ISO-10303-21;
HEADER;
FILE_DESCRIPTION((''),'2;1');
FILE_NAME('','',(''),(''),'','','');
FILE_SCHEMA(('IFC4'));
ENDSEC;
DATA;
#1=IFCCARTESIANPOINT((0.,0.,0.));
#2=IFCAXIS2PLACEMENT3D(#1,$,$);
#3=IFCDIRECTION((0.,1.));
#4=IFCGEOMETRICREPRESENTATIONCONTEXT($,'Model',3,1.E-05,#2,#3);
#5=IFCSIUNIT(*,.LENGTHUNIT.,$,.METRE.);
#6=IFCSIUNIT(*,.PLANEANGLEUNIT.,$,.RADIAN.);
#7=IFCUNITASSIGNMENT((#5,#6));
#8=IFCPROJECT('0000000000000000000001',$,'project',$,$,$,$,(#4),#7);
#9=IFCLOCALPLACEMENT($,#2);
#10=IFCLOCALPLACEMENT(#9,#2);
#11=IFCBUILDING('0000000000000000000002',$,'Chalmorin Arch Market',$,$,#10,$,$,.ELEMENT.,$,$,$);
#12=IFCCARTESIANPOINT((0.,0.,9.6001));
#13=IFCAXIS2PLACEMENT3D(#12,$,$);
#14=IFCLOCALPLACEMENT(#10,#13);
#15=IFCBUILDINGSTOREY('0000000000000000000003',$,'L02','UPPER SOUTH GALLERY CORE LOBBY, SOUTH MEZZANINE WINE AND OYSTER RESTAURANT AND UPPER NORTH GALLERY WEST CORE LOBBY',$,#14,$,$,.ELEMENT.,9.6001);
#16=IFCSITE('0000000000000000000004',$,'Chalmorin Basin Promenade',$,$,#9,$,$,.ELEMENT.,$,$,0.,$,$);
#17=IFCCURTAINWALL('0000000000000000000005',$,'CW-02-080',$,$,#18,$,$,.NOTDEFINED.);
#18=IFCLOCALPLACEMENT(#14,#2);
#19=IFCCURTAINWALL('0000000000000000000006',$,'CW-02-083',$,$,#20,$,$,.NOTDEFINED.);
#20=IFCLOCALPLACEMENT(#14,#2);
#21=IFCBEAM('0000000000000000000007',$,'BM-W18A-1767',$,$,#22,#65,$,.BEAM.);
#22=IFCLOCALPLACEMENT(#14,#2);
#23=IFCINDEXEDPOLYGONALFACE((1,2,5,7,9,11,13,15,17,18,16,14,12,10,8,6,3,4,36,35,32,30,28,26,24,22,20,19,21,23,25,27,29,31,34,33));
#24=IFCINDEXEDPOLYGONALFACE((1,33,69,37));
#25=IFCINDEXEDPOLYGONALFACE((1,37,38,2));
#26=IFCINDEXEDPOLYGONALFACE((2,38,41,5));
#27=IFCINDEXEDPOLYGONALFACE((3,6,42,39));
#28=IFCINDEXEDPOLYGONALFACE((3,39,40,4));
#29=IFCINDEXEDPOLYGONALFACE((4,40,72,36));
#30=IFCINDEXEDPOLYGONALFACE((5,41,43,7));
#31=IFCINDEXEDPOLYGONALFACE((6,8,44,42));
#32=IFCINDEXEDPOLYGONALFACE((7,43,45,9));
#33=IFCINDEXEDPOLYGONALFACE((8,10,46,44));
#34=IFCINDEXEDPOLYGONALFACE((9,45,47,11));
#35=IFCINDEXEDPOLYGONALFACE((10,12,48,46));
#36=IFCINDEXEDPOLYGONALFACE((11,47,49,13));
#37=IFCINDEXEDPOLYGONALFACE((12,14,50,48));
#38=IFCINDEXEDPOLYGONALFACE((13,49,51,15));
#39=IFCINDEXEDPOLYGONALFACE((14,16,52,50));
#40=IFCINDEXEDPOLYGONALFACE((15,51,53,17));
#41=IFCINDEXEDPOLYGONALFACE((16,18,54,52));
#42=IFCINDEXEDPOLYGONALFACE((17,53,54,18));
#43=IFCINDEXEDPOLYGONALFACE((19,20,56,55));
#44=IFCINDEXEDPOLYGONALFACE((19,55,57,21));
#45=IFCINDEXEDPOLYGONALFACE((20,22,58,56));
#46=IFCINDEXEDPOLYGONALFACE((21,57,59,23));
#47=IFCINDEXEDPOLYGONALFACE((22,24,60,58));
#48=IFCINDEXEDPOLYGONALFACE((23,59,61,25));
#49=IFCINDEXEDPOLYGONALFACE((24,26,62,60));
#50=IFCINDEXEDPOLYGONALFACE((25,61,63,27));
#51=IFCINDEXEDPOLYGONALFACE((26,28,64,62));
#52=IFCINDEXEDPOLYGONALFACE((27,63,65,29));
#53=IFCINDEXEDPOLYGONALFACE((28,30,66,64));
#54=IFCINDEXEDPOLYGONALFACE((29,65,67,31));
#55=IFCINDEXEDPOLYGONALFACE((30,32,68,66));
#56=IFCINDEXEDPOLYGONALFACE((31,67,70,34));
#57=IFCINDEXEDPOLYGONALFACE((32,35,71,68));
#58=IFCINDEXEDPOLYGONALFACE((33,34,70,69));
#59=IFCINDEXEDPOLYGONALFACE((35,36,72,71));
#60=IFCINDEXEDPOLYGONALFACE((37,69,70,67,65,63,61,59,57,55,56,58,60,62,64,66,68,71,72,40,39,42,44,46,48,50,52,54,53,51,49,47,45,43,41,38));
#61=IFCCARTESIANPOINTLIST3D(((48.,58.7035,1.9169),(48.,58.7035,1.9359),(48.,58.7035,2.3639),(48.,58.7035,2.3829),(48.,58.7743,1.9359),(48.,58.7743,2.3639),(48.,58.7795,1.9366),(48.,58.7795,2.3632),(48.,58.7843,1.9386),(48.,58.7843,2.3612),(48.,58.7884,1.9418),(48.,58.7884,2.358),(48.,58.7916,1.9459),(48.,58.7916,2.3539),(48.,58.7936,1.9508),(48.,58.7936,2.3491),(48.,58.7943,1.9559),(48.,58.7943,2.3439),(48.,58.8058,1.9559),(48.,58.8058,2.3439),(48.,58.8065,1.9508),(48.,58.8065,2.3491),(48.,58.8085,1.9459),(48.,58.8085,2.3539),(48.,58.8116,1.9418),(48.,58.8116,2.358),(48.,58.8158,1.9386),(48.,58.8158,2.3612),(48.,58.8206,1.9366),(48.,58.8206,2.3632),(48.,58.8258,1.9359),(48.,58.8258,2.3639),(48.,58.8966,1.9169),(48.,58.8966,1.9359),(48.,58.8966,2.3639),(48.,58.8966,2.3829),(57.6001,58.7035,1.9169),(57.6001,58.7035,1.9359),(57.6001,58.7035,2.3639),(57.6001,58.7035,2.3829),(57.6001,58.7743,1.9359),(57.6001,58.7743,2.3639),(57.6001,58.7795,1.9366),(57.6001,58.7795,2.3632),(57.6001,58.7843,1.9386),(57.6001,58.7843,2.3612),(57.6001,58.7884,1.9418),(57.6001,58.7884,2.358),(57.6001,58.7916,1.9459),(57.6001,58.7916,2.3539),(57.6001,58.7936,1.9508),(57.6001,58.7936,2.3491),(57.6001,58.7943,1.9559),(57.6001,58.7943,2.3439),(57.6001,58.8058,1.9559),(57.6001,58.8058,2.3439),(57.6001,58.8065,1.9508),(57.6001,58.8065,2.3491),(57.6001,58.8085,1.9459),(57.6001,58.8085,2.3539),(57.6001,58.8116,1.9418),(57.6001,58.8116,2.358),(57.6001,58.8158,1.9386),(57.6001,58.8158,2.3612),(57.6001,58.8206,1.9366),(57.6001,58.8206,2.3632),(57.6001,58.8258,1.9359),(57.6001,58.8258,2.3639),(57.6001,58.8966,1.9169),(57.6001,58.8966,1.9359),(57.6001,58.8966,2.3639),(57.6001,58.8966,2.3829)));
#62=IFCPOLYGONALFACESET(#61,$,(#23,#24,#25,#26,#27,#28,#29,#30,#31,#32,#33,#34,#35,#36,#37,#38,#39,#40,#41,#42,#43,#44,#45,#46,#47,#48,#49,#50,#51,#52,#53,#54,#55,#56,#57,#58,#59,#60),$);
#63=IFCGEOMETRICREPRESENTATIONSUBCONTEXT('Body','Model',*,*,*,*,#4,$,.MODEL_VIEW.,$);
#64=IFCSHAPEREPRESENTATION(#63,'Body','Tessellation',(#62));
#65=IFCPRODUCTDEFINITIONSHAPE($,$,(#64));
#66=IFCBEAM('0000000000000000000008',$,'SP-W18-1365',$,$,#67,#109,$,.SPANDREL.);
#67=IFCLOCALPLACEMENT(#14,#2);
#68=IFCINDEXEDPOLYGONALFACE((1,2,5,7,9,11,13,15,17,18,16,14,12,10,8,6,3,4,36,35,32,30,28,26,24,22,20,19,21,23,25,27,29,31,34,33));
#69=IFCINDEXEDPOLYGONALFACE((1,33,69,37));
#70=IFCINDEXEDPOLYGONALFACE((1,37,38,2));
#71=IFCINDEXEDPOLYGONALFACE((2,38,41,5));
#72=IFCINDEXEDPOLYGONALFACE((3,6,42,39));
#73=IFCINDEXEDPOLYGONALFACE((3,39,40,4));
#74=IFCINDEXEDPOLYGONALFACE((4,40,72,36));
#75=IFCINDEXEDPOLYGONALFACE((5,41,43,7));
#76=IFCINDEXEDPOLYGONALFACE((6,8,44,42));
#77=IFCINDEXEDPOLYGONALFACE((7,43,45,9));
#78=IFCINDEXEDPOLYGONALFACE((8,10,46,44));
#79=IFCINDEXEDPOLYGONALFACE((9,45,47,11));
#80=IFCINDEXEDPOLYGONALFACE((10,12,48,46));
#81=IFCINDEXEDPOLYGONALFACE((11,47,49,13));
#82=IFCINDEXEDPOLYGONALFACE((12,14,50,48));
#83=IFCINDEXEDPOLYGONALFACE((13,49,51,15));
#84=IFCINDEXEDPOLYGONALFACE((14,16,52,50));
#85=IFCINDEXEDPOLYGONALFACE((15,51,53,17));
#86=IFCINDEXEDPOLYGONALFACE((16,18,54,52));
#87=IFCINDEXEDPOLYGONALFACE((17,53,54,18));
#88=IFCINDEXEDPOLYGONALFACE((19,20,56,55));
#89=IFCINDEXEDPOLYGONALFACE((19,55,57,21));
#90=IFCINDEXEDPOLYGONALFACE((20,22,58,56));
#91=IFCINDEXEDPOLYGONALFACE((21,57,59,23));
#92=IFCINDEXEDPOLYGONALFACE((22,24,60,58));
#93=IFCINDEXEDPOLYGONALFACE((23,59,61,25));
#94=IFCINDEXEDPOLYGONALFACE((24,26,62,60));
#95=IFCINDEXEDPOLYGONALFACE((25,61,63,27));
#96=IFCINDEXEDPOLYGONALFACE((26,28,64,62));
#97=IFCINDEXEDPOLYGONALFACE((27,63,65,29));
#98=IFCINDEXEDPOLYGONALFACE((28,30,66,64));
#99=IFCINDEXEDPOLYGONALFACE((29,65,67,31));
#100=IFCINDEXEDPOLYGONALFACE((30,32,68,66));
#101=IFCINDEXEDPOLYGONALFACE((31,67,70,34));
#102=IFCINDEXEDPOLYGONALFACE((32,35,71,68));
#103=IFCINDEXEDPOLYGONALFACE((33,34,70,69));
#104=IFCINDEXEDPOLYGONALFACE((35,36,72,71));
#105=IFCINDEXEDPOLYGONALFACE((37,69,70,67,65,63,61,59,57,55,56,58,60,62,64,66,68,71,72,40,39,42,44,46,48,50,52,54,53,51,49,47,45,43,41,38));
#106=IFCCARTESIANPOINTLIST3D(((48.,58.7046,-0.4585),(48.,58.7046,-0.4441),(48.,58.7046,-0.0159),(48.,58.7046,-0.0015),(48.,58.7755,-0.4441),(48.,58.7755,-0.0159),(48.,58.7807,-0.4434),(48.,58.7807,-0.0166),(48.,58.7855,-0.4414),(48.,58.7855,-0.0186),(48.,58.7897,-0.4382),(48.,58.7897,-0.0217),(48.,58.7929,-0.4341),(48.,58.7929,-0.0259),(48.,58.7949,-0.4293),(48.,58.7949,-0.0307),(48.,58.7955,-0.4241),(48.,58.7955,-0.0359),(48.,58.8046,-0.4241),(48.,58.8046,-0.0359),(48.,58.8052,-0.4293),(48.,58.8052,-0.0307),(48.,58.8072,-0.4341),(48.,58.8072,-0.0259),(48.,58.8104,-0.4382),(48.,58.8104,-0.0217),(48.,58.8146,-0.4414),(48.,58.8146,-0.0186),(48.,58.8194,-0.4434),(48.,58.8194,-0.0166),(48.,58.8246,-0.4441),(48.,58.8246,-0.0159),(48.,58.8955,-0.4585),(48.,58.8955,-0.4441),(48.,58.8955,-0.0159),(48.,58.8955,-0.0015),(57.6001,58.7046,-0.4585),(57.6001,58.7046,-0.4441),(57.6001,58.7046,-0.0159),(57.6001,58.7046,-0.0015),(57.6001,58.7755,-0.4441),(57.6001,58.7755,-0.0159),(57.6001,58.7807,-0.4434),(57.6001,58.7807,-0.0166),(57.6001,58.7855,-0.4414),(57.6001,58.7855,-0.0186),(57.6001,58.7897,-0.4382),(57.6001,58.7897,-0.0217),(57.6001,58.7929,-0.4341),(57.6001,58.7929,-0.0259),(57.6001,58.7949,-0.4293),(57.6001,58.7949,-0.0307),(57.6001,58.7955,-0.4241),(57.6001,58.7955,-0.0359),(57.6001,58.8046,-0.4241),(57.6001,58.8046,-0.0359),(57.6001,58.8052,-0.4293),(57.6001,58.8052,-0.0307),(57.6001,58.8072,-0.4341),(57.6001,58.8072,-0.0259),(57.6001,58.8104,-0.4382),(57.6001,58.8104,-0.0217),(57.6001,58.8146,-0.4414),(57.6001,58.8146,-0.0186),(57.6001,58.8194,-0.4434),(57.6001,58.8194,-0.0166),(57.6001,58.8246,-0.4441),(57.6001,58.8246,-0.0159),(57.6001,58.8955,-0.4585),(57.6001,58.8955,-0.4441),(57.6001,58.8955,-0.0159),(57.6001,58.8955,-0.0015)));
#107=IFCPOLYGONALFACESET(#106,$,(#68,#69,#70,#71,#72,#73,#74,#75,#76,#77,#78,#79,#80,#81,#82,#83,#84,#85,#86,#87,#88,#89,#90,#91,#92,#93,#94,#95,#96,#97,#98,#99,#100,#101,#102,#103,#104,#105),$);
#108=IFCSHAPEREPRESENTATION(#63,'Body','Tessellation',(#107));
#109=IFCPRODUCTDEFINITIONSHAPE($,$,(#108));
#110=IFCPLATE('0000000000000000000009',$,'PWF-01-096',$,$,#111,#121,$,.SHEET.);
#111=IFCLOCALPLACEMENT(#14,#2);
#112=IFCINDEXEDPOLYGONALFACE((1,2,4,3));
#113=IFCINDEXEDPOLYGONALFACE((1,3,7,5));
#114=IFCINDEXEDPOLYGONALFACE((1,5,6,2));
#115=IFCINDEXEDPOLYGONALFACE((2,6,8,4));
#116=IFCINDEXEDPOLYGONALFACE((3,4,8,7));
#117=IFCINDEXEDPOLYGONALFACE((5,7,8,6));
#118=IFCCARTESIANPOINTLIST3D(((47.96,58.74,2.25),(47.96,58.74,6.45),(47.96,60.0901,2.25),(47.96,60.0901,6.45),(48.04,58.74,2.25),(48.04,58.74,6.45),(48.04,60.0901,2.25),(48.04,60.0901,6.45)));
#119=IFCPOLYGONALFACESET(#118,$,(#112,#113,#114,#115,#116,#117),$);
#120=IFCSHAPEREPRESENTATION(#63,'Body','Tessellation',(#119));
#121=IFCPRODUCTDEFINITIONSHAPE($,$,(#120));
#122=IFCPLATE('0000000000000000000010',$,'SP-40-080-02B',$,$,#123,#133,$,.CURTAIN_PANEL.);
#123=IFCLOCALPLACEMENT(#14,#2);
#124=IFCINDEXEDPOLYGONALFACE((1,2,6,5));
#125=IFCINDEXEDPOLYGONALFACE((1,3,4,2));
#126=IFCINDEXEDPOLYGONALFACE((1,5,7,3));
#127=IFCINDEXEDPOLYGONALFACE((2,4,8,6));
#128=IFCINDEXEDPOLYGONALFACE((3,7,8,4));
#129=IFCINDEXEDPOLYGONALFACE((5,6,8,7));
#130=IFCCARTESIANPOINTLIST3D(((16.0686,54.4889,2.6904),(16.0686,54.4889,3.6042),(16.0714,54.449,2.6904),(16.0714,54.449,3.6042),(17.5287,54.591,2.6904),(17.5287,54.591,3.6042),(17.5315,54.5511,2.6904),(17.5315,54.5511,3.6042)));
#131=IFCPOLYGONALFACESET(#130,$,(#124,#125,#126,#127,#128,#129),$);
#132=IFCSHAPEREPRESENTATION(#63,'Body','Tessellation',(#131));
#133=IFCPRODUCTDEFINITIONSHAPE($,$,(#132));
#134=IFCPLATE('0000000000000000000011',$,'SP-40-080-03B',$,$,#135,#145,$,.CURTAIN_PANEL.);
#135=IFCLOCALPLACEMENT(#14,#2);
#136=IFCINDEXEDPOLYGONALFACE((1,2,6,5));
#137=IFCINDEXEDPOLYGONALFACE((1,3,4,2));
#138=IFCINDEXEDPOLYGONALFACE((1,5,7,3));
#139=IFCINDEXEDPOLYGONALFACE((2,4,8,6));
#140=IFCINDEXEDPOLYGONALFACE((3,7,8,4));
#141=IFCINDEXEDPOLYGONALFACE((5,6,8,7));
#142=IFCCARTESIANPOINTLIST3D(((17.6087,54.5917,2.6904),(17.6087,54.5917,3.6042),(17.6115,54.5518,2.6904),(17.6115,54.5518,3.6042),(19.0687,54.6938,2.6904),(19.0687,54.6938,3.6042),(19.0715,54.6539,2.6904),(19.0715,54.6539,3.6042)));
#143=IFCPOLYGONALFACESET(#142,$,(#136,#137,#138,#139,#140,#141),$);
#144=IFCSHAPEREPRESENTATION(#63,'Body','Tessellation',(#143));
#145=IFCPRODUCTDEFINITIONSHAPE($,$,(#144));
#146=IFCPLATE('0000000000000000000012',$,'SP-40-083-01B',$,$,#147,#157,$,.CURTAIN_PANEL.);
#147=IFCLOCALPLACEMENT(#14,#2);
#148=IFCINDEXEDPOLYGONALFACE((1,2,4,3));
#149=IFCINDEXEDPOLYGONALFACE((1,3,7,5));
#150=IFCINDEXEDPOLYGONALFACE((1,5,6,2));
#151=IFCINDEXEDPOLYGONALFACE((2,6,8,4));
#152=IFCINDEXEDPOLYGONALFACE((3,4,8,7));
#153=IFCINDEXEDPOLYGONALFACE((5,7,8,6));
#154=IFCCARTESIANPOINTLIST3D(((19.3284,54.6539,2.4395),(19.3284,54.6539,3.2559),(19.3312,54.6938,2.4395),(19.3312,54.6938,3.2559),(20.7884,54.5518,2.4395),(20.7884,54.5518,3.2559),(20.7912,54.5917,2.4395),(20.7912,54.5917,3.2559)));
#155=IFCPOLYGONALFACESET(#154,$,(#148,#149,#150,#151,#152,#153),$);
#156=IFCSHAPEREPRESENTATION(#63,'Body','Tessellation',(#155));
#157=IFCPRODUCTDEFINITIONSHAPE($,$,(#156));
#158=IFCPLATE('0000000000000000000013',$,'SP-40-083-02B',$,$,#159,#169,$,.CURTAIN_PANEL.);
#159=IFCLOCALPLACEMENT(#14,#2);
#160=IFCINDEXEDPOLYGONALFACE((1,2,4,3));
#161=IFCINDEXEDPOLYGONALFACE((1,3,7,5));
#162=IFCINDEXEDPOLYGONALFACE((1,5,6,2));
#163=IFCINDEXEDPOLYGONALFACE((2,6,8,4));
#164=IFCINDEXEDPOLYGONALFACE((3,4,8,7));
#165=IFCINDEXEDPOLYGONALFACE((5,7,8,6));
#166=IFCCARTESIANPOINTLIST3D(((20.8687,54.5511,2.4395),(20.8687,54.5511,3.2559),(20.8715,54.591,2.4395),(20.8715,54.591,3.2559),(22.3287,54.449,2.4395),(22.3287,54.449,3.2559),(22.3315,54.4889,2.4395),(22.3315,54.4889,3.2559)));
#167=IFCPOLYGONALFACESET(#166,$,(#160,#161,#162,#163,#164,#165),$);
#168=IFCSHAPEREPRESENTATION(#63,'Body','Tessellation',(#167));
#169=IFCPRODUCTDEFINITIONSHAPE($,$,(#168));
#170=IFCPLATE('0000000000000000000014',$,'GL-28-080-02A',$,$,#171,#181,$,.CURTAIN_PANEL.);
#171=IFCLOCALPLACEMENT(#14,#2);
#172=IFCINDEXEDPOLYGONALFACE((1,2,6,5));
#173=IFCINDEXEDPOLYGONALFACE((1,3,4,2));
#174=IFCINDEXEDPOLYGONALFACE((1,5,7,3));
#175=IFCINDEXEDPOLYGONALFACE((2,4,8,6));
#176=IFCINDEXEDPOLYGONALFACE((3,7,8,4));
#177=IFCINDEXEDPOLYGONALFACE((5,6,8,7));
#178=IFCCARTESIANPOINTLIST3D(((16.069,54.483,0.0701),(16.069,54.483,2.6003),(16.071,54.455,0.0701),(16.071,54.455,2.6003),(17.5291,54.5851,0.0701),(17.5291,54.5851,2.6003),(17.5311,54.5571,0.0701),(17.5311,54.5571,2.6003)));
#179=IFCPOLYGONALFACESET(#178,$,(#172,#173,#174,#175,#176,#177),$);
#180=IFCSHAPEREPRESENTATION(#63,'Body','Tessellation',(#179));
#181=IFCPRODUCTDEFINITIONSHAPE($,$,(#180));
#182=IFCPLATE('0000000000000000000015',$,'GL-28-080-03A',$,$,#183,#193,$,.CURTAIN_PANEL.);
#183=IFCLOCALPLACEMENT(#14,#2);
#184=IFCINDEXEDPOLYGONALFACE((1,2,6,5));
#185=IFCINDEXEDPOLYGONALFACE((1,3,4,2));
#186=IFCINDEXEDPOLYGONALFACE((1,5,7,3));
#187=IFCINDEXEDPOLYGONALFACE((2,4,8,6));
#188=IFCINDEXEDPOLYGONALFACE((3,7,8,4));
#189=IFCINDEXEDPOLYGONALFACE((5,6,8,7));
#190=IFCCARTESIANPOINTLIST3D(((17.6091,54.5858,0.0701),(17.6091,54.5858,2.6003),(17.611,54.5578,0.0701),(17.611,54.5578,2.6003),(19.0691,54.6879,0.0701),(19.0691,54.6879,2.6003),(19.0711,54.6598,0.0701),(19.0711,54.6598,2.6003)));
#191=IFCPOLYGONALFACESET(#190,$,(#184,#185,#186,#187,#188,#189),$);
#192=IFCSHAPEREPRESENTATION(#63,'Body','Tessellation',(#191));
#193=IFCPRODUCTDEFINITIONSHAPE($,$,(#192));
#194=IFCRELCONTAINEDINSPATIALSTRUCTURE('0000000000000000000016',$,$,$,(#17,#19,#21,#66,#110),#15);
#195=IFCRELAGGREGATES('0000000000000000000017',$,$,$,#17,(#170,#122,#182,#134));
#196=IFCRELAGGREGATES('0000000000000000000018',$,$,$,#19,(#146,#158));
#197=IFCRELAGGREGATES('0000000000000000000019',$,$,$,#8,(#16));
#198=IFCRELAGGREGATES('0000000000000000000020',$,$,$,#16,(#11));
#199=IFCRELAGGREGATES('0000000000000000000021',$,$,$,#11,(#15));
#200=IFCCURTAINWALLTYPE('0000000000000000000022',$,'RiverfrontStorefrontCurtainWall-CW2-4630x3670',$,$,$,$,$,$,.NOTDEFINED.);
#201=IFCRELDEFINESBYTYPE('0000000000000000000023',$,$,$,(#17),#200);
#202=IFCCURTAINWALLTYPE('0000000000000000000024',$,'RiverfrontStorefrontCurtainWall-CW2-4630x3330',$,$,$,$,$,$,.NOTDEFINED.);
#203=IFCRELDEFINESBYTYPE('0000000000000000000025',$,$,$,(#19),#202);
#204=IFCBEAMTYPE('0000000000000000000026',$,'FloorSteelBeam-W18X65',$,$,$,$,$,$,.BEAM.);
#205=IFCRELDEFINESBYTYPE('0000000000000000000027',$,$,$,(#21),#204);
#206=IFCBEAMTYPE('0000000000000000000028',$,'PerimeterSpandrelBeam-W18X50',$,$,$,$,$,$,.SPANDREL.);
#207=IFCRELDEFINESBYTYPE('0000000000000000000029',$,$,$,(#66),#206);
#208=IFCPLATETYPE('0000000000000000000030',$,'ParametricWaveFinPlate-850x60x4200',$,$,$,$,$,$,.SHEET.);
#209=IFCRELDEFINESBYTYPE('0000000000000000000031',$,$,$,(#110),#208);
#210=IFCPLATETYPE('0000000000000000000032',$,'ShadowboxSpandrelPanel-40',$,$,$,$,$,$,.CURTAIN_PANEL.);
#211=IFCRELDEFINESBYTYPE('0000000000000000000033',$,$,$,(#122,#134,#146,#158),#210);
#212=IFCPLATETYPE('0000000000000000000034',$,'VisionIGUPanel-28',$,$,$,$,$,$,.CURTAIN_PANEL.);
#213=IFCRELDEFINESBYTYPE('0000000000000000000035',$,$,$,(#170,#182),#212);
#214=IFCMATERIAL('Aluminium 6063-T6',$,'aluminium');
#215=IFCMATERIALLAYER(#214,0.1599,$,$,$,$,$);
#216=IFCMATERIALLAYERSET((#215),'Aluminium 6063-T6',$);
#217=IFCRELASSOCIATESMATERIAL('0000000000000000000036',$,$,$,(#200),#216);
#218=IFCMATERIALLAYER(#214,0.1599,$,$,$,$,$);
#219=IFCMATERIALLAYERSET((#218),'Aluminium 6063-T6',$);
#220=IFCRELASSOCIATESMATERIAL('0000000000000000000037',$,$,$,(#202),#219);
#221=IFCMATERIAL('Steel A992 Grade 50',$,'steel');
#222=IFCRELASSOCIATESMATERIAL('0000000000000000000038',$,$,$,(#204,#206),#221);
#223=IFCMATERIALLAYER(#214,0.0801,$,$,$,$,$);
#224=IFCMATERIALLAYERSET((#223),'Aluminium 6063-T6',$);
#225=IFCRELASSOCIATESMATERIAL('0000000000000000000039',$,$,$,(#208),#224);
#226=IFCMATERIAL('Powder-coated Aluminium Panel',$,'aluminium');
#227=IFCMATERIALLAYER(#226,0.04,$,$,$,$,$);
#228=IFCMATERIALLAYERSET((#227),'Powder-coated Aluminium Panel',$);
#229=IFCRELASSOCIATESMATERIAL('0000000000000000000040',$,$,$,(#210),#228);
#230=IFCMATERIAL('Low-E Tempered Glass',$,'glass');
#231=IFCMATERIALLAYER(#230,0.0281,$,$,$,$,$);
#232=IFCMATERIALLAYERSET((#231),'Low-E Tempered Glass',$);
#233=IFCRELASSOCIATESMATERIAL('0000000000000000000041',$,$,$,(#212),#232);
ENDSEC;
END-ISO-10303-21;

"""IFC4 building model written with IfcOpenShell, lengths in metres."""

from ifc_helpers import new_model, si_unit, direction, frame, origin, origin_2d, place, context, subcontext, project, spatial, rectangle, i_section, extrude, material, layer, layer_set, material_profile, profile_set, type_object, element, aggregate, save


model = new_model("IFC4")

# Units and contexts
model_context = context("Model", 3, precision=1e-05, world=origin(), true_north=direction((0.0, 1.0)))
body_context = subcontext(model_context, "Body", "Model", "MODEL_VIEW")
ifc_project = project(units=[si_unit("LENGTHUNIT", "METRE"), si_unit("PLANEANGLEUNIT", "RADIAN")], contexts=[model_context])

# Site, building, storey
site_placement = place(None, origin())
site = spatial("IfcSite", under=ifc_project, at=site_placement, Name="Chalmorin Basin Promenade", CompositionType="ELEMENT", RefElevation=0.0)
building_placement = place(site_placement, origin())
building = spatial("IfcBuilding", under=site, at=building_placement, Name="Chalmorin Arch Market", CompositionType="ELEMENT")
storey_placement = place(building_placement, frame((0.0, 0.0, 9.6001)))
storey = spatial("IfcBuildingStorey", under=building, at=storey_placement, Name="L02", Description="UPPER SOUTH GALLERY CORE LOBBY, SOUTH MEZZANINE WINE AND OYSTER RESTAURANT AND UPPER NORTH GALLERY WEST CORE LOBBY", CompositionType="ELEMENT", Elevation=9.6001)

# Curtain walls
ifc_material_1 = material(Name="Aluminium 6063-T6", Category="aluminium")
ifc_layer_1 = layer(ifc_material_1, 0.1599)
ifc_layer_set_1 = layer_set([ifc_layer_1], Name="Aluminium 6063-T6")
curtain_wall_type_1 = type_object("IfcCurtainWallType", Name="RiverfrontStorefrontCurtainWall-CW2-4630x3670", PredefinedType="NOTDEFINED", material=ifc_layer_set_1)
curtain_wall_1_placement = place(storey_placement, origin())
curtain_wall_1 = element("IfcCurtainWall", 1, at=curtain_wall_1_placement, inside=storey, type_object=curtain_wall_type_1, Name="CW-02-080", PredefinedType="NOTDEFINED")
ifc_layer_2 = layer(ifc_material_1, 0.1599)
ifc_layer_set_2 = layer_set([ifc_layer_2], Name="Aluminium 6063-T6")
curtain_wall_type_2 = type_object("IfcCurtainWallType", Name="RiverfrontStorefrontCurtainWall-CW2-4630x3330", PredefinedType="NOTDEFINED", material=ifc_layer_set_2)
curtain_wall_2_placement = place(storey_placement, origin())
curtain_wall_2 = element("IfcCurtainWall", 2, at=curtain_wall_2_placement, inside=storey, type_object=curtain_wall_type_2, Name="CW-02-083", PredefinedType="NOTDEFINED")

# Beams
ifc_material_2 = material(Name="Steel A992 Grade 50", Category="steel")
ifc_material_profile_1 = material_profile(ifc_material_2, i_section(OverallWidth=0.1931, OverallDepth=0.4661, WebThickness=0.0115, FlangeThickness=0.019, FilletRadius=0.02, at=origin_2d()), Name="W18X65")
ifc_profile_set_1 = profile_set([ifc_material_profile_1], Name="Steel A992 Grade 50")
beam_type_1 = type_object("IfcBeamType", Name="FloorSteelBeam-W18X65", PredefinedType="BEAM", material=ifc_profile_set_1)
beam_1_placement = place(storey_placement, frame((48.0, 58.8, 2.1499), z_axis=(1.0, 0.0, 0.0), x_axis=(0.0, 1.0, 0.0)))
element("IfcBeam", 3, at=beam_1_placement, inside=storey, type_object=beam_type_1, Name="BM-W18A-1767", PredefinedType="BEAM", context=body_context, shape_type="SweptSolid", body=[
    extrude(i_section(OverallWidth=0.1931, OverallDepth=0.4661, WebThickness=0.0115, FlangeThickness=0.019, FilletRadius=0.02, at=origin_2d()), origin(), (0.0, 0.0, 1.0), 9.6001),
])
ifc_material_profile_2 = material_profile(ifc_material_2, i_section(OverallWidth=0.1909, OverallDepth=0.457, WebThickness=0.009, FlangeThickness=0.0144, FilletRadius=0.02, at=origin_2d()), Name="W18X50")
ifc_profile_set_2 = profile_set([ifc_material_profile_2], Name="Steel A992 Grade 50")
beam_type_2 = type_object("IfcBeamType", Name="PerimeterSpandrelBeam-W18X50", PredefinedType="SPANDREL", material=ifc_profile_set_2)
beam_2_placement = place(storey_placement, frame((48.0, 58.8, -0.23), z_axis=(1.0, 0.0, 0.0), x_axis=(0.0, 1.0, 0.0)))
element("IfcBeam", 4, at=beam_2_placement, inside=storey, type_object=beam_type_2, Name="SP-W18-1365", PredefinedType="SPANDREL", context=body_context, shape_type="SweptSolid", body=[
    extrude(i_section(OverallWidth=0.1909, OverallDepth=0.457, WebThickness=0.009, FlangeThickness=0.0144, FilletRadius=0.02, at=origin_2d()), origin(), (0.0, 0.0, 1.0), 9.6001),
])

# Plates
ifc_layer_3 = layer(ifc_material_1, 0.0801)
ifc_layer_set_3 = layer_set([ifc_layer_3], Name="Aluminium 6063-T6")
plate_type_1 = type_object("IfcPlateType", Name="ParametricWaveFinPlate-850x60x4200", PredefinedType="SHEET", material=ifc_layer_set_3)
plate_1_placement = place(storey_placement, frame((48.0, 59.415, 2.25), z_axis=(0.0, 0.0, 1.0), x_axis=(0.0, 1.0, 0.0)))
element("IfcPlate", 5, at=plate_1_placement, inside=storey, type_object=plate_type_1, Name="PWF-01-096", PredefinedType="SHEET", context=body_context, shape_type="SweptSolid", body=[
    extrude(rectangle(XDim=1.3501, YDim=0.0801, at=origin_2d()), origin(), (0.0, 0.0, 1.0), 4.2),
])
ifc_material_3 = material(Name="Powder-coated Aluminium Panel", Category="aluminium")
ifc_layer_4 = layer(ifc_material_3, 0.04)
ifc_layer_set_4 = layer_set([ifc_layer_4], Name="Powder-coated Aluminium Panel")
plate_type_2 = type_object("IfcPlateType", Name="ShadowboxSpandrelPanel-40", PredefinedType="CURTAIN_PANEL", material=ifc_layer_set_4)
plate_2_placement = place(storey_placement, frame((16.8, 54.52, 2.6904), z_axis=(0.0, 0.0, 1.0), x_axis=(0.997564, 0.069756, 0.0)))
plate_2 = element("IfcPlate", 6, at=plate_2_placement, type_object=plate_type_2, Name="SP-40-080-02B", PredefinedType="CURTAIN_PANEL", context=body_context, shape_type="SweptSolid", body=[
    extrude(rectangle(XDim=1.4636, YDim=0.04, at=origin_2d()), origin(), (0.0, 0.0, 1.0), 0.9138),
])
plate_3_placement = place(storey_placement, frame((18.3401, 54.6228, 2.6904), z_axis=(0.0, 0.0, 1.0), x_axis=(0.997564, 0.069756, 0.0)))
plate_3 = element("IfcPlate", 7, at=plate_3_placement, type_object=plate_type_2, Name="SP-40-080-03B", PredefinedType="CURTAIN_PANEL", context=body_context, shape_type="SweptSolid", body=[
    extrude(rectangle(XDim=1.4636, YDim=0.04, at=origin_2d()), origin(), (0.0, 0.0, 1.0), 0.9138),
])
plate_4_placement = place(storey_placement, frame((20.0598, 54.6228, 2.4395), z_axis=(0.0, 0.0, 1.0), x_axis=(0.997564, -0.069756, 0.0)))
plate_4 = element("IfcPlate", 8, at=plate_4_placement, type_object=plate_type_2, Name="SP-40-083-01B", PredefinedType="CURTAIN_PANEL", context=body_context, shape_type="SweptSolid", body=[
    extrude(rectangle(XDim=1.4636, YDim=0.04, at=origin_2d()), origin(), (0.0, 0.0, 1.0), 0.8164),
])
plate_5_placement = place(storey_placement, frame((21.6001, 54.52, 2.4395), z_axis=(0.0, 0.0, 1.0), x_axis=(0.997564, -0.069756, 0.0)))
plate_5 = element("IfcPlate", 9, at=plate_5_placement, type_object=plate_type_2, Name="SP-40-083-02B", PredefinedType="CURTAIN_PANEL", context=body_context, shape_type="SweptSolid", body=[
    extrude(rectangle(XDim=1.4636, YDim=0.04, at=origin_2d()), origin(), (0.0, 0.0, 1.0), 0.8164),
])
ifc_material_4 = material(Name="Low-E Tempered Glass", Category="glass")
ifc_layer_5 = layer(ifc_material_4, 0.0281)
ifc_layer_set_5 = layer_set([ifc_layer_5], Name="Low-E Tempered Glass")
plate_type_3 = type_object("IfcPlateType", Name="VisionIGUPanel-28", PredefinedType="CURTAIN_PANEL", material=ifc_layer_set_5)
plate_6_placement = place(storey_placement, frame((16.8, 54.52, 0.0701), z_axis=(0.0, 0.0, 1.0), x_axis=(0.997564, 0.069756, 0.0)))
plate_6 = element("IfcPlate", 10, at=plate_6_placement, type_object=plate_type_3, Name="GL-28-080-02A", PredefinedType="CURTAIN_PANEL", context=body_context, shape_type="SweptSolid", body=[
    extrude(rectangle(XDim=1.4636, YDim=0.0281, at=origin_2d()), origin(), (0.0, 0.0, 1.0), 2.5303),
])
plate_7_placement = place(storey_placement, frame((18.3401, 54.6228, 0.0701), z_axis=(0.0, 0.0, 1.0), x_axis=(0.997564, 0.069756, 0.0)))
plate_7 = element("IfcPlate", 11, at=plate_7_placement, type_object=plate_type_3, Name="GL-28-080-03A", PredefinedType="CURTAIN_PANEL", context=body_context, shape_type="SweptSolid", body=[
    extrude(rectangle(XDim=1.4636, YDim=0.0281, at=origin_2d()), origin(), (0.0, 0.0, 1.0), 2.5303),
])
aggregate(curtain_wall_1, [plate_6, plate_2, plate_7, plate_3])
aggregate(curtain_wall_2, [plate_4, plate_5])

save(model, "model.ifc")
